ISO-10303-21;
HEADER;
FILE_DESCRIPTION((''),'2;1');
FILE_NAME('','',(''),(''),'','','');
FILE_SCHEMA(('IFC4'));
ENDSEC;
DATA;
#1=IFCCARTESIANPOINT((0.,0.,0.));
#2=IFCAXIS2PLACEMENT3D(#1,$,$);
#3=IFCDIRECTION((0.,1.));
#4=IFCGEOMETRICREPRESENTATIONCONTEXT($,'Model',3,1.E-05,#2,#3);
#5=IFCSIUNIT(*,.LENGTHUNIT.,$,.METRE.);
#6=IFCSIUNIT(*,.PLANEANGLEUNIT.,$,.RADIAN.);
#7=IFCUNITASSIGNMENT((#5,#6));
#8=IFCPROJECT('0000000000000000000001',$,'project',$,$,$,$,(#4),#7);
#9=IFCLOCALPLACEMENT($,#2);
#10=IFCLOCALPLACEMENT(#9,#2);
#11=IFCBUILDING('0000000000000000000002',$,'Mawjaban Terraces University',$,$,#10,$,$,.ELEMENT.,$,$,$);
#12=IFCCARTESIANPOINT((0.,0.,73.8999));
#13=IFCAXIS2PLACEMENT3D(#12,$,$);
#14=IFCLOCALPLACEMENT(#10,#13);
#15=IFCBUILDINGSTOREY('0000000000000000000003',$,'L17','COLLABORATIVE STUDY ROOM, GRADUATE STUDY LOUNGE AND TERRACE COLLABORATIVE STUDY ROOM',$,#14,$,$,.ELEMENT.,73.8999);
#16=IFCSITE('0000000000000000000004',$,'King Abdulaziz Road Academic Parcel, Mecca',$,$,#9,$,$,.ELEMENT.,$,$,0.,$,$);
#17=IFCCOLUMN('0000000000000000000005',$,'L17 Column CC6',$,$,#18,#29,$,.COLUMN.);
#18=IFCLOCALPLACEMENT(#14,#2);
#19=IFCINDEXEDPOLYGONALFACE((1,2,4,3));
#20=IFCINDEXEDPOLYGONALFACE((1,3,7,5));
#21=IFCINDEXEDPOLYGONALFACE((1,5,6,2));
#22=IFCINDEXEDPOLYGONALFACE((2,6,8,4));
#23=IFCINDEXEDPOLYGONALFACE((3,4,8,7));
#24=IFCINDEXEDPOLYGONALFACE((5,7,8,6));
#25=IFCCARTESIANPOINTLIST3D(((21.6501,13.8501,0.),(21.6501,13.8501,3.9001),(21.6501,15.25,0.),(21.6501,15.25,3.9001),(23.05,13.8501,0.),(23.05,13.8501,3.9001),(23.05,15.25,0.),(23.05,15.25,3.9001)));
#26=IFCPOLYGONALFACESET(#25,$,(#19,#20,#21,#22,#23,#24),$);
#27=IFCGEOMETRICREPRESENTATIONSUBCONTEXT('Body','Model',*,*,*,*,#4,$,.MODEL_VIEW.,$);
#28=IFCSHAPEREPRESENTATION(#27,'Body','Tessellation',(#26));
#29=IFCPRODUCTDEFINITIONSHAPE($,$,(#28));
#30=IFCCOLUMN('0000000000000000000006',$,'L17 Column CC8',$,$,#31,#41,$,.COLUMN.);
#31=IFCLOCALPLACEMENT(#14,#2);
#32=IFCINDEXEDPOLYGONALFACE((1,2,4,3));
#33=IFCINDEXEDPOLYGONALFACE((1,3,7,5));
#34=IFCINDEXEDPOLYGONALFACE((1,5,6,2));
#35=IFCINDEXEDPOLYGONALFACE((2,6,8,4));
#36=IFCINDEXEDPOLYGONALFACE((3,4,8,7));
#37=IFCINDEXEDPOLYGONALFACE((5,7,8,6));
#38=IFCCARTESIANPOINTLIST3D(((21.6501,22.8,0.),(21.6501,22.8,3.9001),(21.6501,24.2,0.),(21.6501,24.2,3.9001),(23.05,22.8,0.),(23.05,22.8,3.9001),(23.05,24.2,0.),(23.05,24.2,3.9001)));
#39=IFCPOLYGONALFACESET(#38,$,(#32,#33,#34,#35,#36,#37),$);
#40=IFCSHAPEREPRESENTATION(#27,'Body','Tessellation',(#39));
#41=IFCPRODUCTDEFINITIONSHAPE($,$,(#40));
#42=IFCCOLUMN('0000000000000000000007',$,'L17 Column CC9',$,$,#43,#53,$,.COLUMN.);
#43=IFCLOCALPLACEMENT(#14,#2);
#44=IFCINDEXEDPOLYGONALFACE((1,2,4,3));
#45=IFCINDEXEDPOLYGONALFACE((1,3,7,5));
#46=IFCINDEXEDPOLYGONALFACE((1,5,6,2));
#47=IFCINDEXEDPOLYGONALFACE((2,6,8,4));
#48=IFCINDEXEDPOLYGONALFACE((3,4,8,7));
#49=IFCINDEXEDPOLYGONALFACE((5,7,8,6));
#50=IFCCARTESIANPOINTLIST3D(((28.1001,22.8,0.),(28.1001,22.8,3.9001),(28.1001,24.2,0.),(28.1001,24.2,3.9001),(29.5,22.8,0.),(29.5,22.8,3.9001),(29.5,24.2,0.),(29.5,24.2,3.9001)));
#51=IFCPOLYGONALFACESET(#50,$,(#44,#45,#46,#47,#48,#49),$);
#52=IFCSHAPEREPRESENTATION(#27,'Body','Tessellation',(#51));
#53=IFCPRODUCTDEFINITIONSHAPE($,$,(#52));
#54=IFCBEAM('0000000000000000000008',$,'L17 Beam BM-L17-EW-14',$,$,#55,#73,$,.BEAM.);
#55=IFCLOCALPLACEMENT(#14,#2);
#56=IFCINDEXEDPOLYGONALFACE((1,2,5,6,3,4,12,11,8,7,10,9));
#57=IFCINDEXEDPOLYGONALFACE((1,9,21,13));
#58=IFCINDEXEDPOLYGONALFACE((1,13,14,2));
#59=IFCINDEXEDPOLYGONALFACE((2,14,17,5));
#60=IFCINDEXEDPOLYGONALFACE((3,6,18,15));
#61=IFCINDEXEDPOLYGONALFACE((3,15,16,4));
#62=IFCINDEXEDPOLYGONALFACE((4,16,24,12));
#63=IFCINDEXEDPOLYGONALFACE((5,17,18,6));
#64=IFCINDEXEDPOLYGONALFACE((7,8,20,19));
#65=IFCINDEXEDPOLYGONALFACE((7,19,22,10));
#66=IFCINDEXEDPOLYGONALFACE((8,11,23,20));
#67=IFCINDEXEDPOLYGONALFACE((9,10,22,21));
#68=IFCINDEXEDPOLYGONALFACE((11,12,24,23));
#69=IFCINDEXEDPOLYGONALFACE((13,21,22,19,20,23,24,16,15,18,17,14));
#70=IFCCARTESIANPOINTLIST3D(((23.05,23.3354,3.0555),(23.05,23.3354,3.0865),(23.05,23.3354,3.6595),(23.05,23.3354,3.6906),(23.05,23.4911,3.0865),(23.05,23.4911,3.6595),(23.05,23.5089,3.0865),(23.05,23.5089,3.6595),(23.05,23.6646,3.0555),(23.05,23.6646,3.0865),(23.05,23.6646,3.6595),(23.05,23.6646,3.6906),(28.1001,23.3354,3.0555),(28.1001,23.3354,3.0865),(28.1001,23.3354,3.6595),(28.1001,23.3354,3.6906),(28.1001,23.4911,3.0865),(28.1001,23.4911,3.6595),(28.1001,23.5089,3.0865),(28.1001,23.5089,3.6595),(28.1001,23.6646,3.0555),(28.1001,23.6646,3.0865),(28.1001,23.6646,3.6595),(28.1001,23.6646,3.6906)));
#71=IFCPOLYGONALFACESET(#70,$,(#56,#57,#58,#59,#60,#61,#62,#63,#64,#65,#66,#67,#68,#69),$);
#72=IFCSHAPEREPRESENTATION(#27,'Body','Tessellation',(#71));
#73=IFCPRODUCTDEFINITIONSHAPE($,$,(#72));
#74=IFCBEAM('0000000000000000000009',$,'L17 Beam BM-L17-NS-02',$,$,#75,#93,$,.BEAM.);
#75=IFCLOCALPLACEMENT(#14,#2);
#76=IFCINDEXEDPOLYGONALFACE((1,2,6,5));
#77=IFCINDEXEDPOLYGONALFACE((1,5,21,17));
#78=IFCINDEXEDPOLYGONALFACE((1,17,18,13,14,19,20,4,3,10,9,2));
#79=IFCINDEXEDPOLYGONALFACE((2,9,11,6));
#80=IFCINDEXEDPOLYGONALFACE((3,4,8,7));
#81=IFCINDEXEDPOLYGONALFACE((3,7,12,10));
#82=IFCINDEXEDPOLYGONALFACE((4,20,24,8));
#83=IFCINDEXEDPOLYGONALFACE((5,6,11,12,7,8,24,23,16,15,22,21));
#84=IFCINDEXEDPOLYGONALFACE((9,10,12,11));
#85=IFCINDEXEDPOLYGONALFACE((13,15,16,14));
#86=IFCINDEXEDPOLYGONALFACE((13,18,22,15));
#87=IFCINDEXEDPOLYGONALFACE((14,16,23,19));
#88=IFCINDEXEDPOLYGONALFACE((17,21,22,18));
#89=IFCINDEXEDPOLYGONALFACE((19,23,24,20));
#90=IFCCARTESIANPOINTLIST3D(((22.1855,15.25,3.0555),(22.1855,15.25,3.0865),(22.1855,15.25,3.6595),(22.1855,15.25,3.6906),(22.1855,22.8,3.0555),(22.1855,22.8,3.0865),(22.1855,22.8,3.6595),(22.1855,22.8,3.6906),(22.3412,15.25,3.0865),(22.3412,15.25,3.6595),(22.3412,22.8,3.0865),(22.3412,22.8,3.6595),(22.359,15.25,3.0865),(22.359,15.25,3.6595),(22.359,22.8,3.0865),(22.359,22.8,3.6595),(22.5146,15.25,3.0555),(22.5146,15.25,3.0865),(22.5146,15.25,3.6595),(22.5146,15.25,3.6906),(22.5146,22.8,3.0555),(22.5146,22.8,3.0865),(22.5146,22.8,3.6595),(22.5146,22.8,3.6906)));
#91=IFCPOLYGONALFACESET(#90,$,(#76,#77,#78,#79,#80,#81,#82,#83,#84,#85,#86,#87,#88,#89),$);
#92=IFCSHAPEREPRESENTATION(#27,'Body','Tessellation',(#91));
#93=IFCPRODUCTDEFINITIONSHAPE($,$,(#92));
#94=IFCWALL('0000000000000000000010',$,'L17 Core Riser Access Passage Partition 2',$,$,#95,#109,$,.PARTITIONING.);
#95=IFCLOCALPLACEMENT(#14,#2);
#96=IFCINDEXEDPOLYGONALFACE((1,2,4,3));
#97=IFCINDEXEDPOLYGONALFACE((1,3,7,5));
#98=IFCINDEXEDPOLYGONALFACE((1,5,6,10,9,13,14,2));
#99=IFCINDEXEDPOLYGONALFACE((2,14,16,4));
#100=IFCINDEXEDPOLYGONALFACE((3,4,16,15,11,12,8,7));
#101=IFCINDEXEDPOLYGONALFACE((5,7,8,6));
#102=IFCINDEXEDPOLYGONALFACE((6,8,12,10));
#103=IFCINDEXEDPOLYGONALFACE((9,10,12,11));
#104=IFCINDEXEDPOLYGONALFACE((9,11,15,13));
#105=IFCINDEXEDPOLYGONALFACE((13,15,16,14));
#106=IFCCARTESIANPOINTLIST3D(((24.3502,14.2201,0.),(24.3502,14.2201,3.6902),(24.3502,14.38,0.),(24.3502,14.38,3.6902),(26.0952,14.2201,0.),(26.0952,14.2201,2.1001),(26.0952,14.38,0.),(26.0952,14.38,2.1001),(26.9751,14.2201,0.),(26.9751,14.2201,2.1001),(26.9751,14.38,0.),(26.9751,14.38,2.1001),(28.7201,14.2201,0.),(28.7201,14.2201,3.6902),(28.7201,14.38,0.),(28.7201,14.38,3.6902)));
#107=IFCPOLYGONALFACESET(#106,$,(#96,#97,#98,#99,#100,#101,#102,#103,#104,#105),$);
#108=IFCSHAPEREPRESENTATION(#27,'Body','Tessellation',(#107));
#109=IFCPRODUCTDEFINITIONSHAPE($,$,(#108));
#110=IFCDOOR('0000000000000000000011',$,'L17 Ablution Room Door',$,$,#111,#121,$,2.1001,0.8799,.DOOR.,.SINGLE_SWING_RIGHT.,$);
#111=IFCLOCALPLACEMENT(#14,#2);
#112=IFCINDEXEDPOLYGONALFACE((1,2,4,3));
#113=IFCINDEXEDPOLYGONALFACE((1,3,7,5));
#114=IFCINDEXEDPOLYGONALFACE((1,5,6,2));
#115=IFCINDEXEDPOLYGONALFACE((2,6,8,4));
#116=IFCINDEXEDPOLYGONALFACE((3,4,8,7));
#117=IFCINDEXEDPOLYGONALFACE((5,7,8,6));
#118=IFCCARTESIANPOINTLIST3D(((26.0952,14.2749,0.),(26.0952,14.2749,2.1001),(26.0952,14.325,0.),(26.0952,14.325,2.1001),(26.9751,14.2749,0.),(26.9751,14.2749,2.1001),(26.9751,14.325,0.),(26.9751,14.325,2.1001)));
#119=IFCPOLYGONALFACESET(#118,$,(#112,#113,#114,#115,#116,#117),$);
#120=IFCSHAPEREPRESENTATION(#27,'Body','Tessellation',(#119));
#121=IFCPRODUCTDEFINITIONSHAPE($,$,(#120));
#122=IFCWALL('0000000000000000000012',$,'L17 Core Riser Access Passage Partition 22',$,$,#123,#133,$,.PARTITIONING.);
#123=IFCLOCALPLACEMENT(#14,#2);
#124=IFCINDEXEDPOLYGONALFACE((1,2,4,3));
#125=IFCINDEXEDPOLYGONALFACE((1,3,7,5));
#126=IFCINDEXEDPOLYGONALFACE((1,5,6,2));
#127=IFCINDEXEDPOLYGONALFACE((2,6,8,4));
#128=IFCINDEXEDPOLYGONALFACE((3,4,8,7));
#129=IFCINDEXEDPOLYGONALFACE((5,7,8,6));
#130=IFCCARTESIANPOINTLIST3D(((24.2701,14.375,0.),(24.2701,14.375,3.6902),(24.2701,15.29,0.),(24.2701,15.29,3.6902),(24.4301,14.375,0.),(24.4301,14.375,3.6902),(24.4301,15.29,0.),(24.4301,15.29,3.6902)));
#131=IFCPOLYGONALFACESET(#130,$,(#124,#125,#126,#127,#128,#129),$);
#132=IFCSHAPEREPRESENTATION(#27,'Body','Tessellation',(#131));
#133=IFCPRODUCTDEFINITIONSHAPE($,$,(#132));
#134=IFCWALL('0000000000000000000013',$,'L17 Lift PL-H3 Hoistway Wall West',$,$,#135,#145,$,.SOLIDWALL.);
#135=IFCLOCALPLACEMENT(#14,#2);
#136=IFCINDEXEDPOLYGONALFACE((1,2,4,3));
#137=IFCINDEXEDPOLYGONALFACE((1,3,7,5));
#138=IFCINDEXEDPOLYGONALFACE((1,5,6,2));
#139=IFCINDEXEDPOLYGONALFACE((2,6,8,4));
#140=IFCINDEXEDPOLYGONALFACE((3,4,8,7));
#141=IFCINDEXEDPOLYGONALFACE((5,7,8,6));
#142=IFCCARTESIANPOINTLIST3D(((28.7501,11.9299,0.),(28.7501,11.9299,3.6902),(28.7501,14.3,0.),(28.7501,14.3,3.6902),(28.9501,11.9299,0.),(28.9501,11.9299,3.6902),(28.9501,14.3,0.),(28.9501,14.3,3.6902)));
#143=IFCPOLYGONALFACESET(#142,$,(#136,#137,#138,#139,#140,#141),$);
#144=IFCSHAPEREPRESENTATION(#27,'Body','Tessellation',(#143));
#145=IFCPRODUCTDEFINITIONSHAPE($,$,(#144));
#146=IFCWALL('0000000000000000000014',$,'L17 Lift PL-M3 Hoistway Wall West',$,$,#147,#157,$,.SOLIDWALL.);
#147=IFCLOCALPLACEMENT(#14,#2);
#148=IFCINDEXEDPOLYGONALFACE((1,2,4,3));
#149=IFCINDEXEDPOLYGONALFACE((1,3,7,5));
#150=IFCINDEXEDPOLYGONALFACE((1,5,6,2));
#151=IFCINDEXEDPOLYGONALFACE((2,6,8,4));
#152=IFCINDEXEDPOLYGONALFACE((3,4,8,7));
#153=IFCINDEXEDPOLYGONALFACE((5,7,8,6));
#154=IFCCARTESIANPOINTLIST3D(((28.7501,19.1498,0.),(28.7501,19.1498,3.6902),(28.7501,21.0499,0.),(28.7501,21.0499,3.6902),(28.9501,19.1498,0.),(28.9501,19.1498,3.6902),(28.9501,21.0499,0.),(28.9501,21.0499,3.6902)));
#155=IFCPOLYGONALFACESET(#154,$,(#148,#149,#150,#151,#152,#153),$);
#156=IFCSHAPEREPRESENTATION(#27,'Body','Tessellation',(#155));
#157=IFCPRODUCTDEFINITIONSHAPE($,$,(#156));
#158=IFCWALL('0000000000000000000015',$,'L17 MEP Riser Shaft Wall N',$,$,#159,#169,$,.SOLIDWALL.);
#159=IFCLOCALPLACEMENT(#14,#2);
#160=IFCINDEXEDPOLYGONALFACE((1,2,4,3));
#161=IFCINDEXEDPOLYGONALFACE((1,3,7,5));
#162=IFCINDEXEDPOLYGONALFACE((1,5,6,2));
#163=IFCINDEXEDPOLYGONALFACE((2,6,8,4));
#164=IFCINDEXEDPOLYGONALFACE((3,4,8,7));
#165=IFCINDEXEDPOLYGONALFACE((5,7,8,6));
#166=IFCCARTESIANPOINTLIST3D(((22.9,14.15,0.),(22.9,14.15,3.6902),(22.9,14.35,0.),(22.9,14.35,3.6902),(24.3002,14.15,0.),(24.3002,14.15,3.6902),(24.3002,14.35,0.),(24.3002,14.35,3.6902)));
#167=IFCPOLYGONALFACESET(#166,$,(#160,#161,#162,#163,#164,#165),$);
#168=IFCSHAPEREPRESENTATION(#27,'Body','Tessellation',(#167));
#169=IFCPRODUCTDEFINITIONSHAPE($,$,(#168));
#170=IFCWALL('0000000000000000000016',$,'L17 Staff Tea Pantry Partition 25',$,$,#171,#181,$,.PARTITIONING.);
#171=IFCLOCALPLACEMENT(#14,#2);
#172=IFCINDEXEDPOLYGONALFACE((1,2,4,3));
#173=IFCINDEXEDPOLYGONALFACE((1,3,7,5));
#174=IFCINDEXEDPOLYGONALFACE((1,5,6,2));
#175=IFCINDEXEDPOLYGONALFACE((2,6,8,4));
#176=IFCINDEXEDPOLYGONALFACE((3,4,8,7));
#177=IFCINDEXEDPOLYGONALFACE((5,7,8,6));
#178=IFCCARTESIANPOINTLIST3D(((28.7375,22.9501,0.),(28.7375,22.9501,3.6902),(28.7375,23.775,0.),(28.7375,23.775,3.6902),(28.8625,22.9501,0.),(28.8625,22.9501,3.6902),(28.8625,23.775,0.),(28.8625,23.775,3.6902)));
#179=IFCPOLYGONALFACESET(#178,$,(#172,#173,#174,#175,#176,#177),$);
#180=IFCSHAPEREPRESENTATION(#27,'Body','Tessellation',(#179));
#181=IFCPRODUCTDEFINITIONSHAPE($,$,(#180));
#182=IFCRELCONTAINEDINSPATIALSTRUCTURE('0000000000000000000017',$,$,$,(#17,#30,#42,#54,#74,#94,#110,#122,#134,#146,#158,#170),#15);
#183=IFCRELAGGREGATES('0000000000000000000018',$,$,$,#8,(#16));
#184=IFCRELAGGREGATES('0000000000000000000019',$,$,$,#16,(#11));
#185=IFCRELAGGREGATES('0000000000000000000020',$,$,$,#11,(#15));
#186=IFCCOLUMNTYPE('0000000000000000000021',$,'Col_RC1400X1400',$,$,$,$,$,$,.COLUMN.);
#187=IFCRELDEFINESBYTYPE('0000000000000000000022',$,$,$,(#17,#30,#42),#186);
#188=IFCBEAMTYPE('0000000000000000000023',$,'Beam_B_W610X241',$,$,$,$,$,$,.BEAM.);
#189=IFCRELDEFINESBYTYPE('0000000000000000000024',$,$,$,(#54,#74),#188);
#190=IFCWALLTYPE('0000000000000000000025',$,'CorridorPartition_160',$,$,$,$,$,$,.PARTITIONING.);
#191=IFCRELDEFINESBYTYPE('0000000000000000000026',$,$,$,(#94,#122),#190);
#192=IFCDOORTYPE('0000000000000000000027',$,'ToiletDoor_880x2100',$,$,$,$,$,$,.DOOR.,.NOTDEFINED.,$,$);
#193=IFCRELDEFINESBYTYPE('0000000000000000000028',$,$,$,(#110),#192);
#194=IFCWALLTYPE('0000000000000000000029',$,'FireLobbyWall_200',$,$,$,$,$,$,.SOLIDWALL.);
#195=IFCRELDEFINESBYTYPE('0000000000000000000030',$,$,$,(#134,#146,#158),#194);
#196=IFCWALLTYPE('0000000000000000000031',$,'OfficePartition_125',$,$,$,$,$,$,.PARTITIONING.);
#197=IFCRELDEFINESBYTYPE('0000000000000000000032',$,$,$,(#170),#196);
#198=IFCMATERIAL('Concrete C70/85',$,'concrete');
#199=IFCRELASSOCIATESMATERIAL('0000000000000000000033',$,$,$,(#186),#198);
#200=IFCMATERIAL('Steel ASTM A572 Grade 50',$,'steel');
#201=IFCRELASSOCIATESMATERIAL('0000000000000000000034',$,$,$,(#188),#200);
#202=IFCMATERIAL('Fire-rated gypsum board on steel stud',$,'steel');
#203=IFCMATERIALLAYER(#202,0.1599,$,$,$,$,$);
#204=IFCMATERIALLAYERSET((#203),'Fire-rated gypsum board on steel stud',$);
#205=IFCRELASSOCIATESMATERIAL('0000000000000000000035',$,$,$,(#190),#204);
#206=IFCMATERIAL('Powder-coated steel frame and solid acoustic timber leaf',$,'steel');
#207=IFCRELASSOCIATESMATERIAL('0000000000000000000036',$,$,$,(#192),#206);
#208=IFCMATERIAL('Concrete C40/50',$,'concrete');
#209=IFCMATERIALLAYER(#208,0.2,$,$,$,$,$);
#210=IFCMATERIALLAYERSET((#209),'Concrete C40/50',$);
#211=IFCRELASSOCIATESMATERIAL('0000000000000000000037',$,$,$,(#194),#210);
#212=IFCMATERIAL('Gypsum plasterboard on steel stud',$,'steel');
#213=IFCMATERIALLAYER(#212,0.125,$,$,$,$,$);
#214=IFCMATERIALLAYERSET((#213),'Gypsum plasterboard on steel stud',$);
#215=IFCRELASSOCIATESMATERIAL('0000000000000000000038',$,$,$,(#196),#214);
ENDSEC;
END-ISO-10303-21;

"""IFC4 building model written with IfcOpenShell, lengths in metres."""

from ifc_helpers import new_model, si_unit, direction, frame, frame_2d, origin, origin_2d, place, context, subcontext, project, spatial, rectangle, i_section, extrude, material, layer, layer_set, material_profile, profile_set, type_object, element, fill, save


model = new_model("IFC4")

# Units and contexts
model_context = context("Model", 3, precision=1e-05, world=origin(), true_north=direction((0.0, 1.0)))
body_context = subcontext(model_context, "Body", "Model", "MODEL_VIEW")
ifc_project = project(units=[si_unit("LENGTHUNIT", "METRE"), si_unit("PLANEANGLEUNIT", "RADIAN")], contexts=[model_context])

# Site, building, storey
site_placement = place(None, origin())
site = spatial("IfcSite", under=ifc_project, at=site_placement, Name="King Abdulaziz Road Academic Parcel, Mecca", CompositionType="ELEMENT", RefElevation=0.0)
building_placement = place(site_placement, origin())
building = spatial("IfcBuilding", under=site, at=building_placement, Name="Mawjaban Terraces University", CompositionType="ELEMENT")
storey_placement = place(building_placement, frame((0.0, 0.0, 73.8999)))
storey = spatial("IfcBuildingStorey", under=building, at=storey_placement, Name="L17", Description="COLLABORATIVE STUDY ROOM, GRADUATE STUDY LOUNGE AND TERRACE COLLABORATIVE STUDY ROOM", CompositionType="ELEMENT", Elevation=73.8999)

# Columns
ifc_material_1 = material(Name="Concrete C70/85", Category="concrete")
ifc_material_profile_1 = material_profile(ifc_material_1, rectangle(XDim=1.3999, YDim=1.3999, at=origin_2d()), Name="RC1400X1400")
ifc_profile_set_1 = profile_set([ifc_material_profile_1], Name="Concrete C70/85")
column_type = type_object("IfcColumnType", Name="Col_RC1400X1400", PredefinedType="COLUMN", material=ifc_profile_set_1)
for number, where, z_axis, x_axis, name in (
    (1, (22.3501, 14.55, 0.0), (0.0, 0.0, 1.0), (1.0, 0.0, 0.0), "L17 Column CC6"),
    (2, (22.3501, 23.5, 0.0), (0.0, 0.0, 1.0), (1.0, 0.0, 0.0), "L17 Column CC8"),
    (3, (28.8, 23.5, 0.0), (0.0, 0.0, 1.0), (1.0, 0.0, 0.0), "L17 Column CC9"),
):
    element("IfcColumn", number, at=place(storey_placement, frame(where, z_axis=z_axis, x_axis=x_axis)), inside=storey, type_object=column_type, Name=name, PredefinedType="COLUMN", context=body_context, shape_type="SweptSolid", body=[
        extrude(rectangle(XDim=1.3999, YDim=1.3999, at=origin_2d()), origin(), (0.0, 0.0, 1.0), 3.9001),
    ])

# Beams
ifc_material_2 = material(Name="Steel ASTM A572 Grade 50", Category="steel")
ifc_material_profile_2 = material_profile(ifc_material_2, i_section(OverallWidth=0.3291, OverallDepth=0.635, WebThickness=0.0178, FlangeThickness=0.031, at=origin_2d()), Name="W610X241")
ifc_profile_set_2 = profile_set([ifc_material_profile_2], Name="Steel ASTM A572 Grade 50")
beam_type = type_object("IfcBeamType", Name="Beam_B_W610X241", PredefinedType="BEAM", material=ifc_profile_set_2)
beam_1_placement = place(storey_placement, frame((23.05, 23.5, 3.373), z_axis=(1.0, 0.0, 0.0), x_axis=(0.0, 1.0, 0.0)))
element("IfcBeam", 4, at=beam_1_placement, inside=storey, type_object=beam_type, Name="L17 Beam BM-L17-EW-14", PredefinedType="BEAM", context=body_context, shape_type="SweptSolid", body=[
    extrude(i_section(OverallWidth=0.3291, OverallDepth=0.635, WebThickness=0.0178, FlangeThickness=0.031, at=origin_2d()), origin(), (0.0, 0.0, 1.0), 5.05),
])
beam_2_placement = place(storey_placement, frame((22.3501, 15.25, 3.373), z_axis=(0.0, 1.0, 0.0), x_axis=(-1.0, 0.0, 0.0)))
element("IfcBeam", 5, at=beam_2_placement, inside=storey, type_object=beam_type, Name="L17 Beam BM-L17-NS-02", PredefinedType="BEAM", context=body_context, shape_type="SweptSolid", body=[
    extrude(i_section(OverallWidth=0.3291, OverallDepth=0.635, WebThickness=0.0178, FlangeThickness=0.031, at=origin_2d()), origin(), (0.0, 0.0, 1.0), 7.55),
])

# Wall, opening, door
ifc_material_3 = material(Name="Fire-rated gypsum board on steel stud", Category="steel")
ifc_layer_1 = layer(ifc_material_3, 0.1599)
ifc_layer_set_1 = layer_set([ifc_layer_1], Name="Fire-rated gypsum board on steel stud")
wall_type_1 = type_object("IfcWallType", Name="CorridorPartition_160", PredefinedType="PARTITIONING", material=ifc_layer_set_1)
wall_1_placement = place(storey_placement, frame((24.3501, 14.3, 0.0), z_axis=(0.0, 0.0, 1.0), x_axis=(1.0, 0.0, 0.0)))
wall_1 = element("IfcWall", 6, at=wall_1_placement, inside=storey, type_object=wall_type_1, Name="L17 Core Riser Access Passage Partition 2", PredefinedType="PARTITIONING", context=body_context, shape_type="SweptSolid", body=[
    extrude(rectangle(XDim=4.3699, YDim=0.1599, at=frame_2d((2.1851, 0.0))), origin(), (0.0, 0.0, 1.0), 3.6902),
])
opening_placement = place(wall_1_placement, frame((1.7451, 0.0, 0.0)))
opening = element("IfcOpeningElement", 7, at=opening_placement, cuts=wall_1, PredefinedType="OPENING", context=body_context, shape_type="SweptSolid", body=[
    extrude(rectangle(XDim=0.8799, YDim=2.1001, at=frame_2d((0.4399, 1.05))), frame((0.0, 0.0898, 0.0), z_axis=(0.0, -1.0, 0.0), x_axis=(1.0, 0.0, 0.0)), (0.0, 0.0, 1.0), 0.1799),
])
ifc_material_4 = material(Name="Powder-coated steel frame and solid acoustic timber leaf", Category="steel")
door_type = type_object("IfcDoorType", Name="ToiletDoor_880x2100", OperationType="NOTDEFINED", PredefinedType="DOOR", material=ifc_material_4)
door_placement = place(opening_placement, origin())
door = element("IfcDoor", 8, at=door_placement, inside=storey, type_object=door_type, Name="L17 Ablution Room Door", OperationType="SINGLE_SWING_RIGHT", OverallHeight=2.1001, OverallWidth=0.8799, PredefinedType="DOOR", context=body_context, shape_type="SweptSolid", body=[
    extrude(rectangle(XDim=0.8799, YDim=2.1001, at=frame_2d((0.4399, 1.05))), frame((0.0, 0.0249, 0.0), z_axis=(0.0, -1.0, 0.0), x_axis=(1.0, 0.0, 0.0)), (0.0, 0.0, 1.0), 0.05),
])
fill(opening, door)

# Walls
wall_2_placement = place(storey_placement, frame((24.3501, 15.29, 0.0), z_axis=(0.0, 0.0, 1.0), x_axis=(0.0, -1.0, 0.0)))
element("IfcWall", 9, at=wall_2_placement, inside=storey, type_object=wall_type_1, Name="L17 Core Riser Access Passage Partition 22", PredefinedType="PARTITIONING", context=body_context, shape_type="SweptSolid", body=[
    extrude(rectangle(XDim=0.915, YDim=0.1599, at=frame_2d((0.4575, 0.0))), origin(), (0.0, 0.0, 1.0), 3.6902),
])
ifc_material_5 = material(Name="Concrete C40/50", Category="concrete")
ifc_layer_2 = layer(ifc_material_5, 0.2)
ifc_layer_set_2 = layer_set([ifc_layer_2], Name="Concrete C40/50")
wall_type_2 = type_object("IfcWallType", Name="FireLobbyWall_200", PredefinedType="SOLIDWALL", material=ifc_layer_set_2)
wall_3_placement = place(storey_placement, frame((28.8501, 14.3, 0.0), z_axis=(0.0, 0.0, 1.0), x_axis=(0.0, -1.0, 0.0)))
element("IfcWall", 10, at=wall_3_placement, inside=storey, type_object=wall_type_2, Name="L17 Lift PL-H3 Hoistway Wall West", PredefinedType="SOLIDWALL", context=body_context, shape_type="SweptSolid", body=[
    extrude(rectangle(XDim=2.3701, YDim=0.2, at=frame_2d((1.1851, 0.0))), origin(), (0.0, 0.0, 1.0), 3.6902),
])
wall_4_placement = place(storey_placement, frame((28.8501, 21.05, 0.0), z_axis=(0.0, 0.0, 1.0), x_axis=(0.0, -1.0, 0.0)))
element("IfcWall", 11, at=wall_4_placement, inside=storey, type_object=wall_type_2, Name="L17 Lift PL-M3 Hoistway Wall West", PredefinedType="SOLIDWALL", context=body_context, shape_type="SweptSolid", body=[
    extrude(rectangle(XDim=1.9001, YDim=0.2, at=frame_2d((0.9502, 0.0))), origin(), (0.0, 0.0, 1.0), 3.6902),
])
wall_5_placement = place(storey_placement, frame((22.8999, 14.25, 0.0), z_axis=(0.0, 0.0, 1.0), x_axis=(1.0, 0.0, 0.0)))
element("IfcWall", 12, at=wall_5_placement, inside=storey, type_object=wall_type_2, Name="L17 MEP Riser Shaft Wall N", PredefinedType="SOLIDWALL", context=body_context, shape_type="SweptSolid", body=[
    extrude(rectangle(XDim=1.4001, YDim=0.2, at=frame_2d((0.7002, 0.0))), origin(), (0.0, 0.0, 1.0), 3.6902),
])
ifc_material_6 = material(Name="Gypsum plasterboard on steel stud", Category="steel")
ifc_layer_3 = layer(ifc_material_6, 0.125)
ifc_layer_set_3 = layer_set([ifc_layer_3], Name="Gypsum plasterboard on steel stud")
wall_type_3 = type_object("IfcWallType", Name="OfficePartition_125", PredefinedType="PARTITIONING", material=ifc_layer_set_3)
wall_6_placement = place(storey_placement, frame((28.8, 22.95, 0.0), z_axis=(0.0, 0.0, 1.0), x_axis=(0.0, 1.0, 0.0)))
element("IfcWall", 13, at=wall_6_placement, inside=storey, type_object=wall_type_3, Name="L17 Staff Tea Pantry Partition 25", PredefinedType="PARTITIONING", context=body_context, shape_type="SweptSolid", body=[
    extrude(rectangle(XDim=0.825, YDim=0.125, at=frame_2d((0.4126, 0.0))), origin(), (0.0, 0.0, 1.0), 3.6902),
])

save(model, "model.ifc")
